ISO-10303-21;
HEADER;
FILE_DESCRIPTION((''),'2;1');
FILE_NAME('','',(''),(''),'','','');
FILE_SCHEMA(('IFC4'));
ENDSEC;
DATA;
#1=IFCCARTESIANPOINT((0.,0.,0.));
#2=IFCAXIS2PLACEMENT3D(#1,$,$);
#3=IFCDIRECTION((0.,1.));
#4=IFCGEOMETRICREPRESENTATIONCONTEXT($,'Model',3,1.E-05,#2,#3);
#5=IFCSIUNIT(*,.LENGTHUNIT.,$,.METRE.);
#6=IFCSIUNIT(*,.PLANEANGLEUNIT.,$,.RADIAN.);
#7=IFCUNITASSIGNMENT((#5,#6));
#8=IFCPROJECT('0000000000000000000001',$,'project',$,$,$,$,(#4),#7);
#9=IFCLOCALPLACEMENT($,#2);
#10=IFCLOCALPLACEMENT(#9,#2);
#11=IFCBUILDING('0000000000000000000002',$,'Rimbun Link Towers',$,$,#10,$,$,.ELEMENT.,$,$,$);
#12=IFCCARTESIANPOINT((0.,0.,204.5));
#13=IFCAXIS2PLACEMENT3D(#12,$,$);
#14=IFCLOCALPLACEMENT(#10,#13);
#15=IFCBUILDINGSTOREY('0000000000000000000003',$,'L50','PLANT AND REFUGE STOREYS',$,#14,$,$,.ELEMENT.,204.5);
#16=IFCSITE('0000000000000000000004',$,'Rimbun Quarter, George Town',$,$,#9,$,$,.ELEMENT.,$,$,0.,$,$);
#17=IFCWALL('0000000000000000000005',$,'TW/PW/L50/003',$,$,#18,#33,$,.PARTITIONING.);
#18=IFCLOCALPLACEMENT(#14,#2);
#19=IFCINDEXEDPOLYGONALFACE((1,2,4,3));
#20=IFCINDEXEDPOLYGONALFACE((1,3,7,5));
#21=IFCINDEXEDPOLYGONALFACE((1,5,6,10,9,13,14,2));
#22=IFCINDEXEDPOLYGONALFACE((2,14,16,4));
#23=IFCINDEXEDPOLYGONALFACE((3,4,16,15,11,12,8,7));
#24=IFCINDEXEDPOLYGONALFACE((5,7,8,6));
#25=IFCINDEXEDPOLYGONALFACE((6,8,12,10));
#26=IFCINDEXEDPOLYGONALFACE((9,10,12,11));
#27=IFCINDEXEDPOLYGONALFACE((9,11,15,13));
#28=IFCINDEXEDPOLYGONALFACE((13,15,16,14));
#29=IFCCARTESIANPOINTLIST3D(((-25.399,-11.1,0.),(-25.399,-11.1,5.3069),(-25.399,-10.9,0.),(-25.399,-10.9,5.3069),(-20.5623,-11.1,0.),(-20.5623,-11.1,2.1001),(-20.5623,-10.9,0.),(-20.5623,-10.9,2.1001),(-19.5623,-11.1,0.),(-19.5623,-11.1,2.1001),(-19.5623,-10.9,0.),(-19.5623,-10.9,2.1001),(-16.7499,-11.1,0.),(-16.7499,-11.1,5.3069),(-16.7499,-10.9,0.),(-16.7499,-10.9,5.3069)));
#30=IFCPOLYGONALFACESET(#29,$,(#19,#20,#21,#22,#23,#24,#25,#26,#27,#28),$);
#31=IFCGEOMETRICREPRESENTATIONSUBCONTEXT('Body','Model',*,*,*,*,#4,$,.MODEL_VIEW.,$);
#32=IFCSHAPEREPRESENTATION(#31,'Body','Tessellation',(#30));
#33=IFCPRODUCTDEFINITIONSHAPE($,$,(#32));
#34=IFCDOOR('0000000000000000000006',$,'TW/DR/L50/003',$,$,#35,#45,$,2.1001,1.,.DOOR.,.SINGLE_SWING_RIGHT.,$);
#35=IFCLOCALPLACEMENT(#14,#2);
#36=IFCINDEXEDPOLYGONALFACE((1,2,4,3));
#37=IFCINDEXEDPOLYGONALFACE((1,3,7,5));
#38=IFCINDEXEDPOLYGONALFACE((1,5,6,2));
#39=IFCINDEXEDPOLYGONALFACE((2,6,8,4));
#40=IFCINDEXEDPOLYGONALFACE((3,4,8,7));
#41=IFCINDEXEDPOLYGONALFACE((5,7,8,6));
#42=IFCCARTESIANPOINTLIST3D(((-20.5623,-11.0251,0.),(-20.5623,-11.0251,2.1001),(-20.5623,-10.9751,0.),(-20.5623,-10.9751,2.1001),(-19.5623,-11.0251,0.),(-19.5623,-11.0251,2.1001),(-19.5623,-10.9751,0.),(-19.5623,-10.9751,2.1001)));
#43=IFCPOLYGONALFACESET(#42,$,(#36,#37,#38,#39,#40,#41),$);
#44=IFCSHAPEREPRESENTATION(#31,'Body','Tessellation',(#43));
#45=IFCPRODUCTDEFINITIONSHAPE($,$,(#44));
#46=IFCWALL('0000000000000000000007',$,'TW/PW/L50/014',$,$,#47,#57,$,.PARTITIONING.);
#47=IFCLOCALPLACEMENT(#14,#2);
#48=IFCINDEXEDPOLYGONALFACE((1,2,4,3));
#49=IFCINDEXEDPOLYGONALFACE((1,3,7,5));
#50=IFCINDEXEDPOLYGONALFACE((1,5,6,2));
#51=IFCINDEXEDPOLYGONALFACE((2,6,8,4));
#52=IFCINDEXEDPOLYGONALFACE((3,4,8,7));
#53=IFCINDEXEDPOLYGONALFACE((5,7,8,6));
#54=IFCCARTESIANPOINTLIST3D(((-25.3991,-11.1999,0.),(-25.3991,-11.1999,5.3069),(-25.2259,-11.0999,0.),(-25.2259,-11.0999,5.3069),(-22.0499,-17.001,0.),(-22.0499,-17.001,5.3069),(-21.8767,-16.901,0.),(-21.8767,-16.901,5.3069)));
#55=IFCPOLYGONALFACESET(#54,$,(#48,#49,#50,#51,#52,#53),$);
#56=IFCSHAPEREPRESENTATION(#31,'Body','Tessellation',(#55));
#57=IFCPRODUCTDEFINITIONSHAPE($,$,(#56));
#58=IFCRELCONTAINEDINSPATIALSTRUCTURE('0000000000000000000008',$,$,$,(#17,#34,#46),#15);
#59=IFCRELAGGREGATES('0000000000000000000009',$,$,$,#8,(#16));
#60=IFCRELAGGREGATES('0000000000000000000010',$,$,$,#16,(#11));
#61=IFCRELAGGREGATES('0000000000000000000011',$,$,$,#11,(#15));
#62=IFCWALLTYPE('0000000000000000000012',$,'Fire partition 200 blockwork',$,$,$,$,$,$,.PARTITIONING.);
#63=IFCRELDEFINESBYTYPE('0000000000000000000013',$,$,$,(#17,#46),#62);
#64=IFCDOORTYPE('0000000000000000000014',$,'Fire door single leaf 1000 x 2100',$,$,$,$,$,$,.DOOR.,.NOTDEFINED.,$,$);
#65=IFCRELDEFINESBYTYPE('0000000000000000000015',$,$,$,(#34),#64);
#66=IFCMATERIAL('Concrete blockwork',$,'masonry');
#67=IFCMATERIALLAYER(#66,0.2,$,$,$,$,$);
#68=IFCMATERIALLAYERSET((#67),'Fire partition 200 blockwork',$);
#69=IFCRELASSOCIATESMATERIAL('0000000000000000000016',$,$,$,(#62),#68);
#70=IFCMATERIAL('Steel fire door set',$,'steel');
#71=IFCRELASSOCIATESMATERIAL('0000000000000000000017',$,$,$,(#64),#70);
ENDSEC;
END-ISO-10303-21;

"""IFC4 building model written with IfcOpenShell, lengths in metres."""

from ifc_helpers import new_model, si_unit, direction, frame, frame_2d, origin, place, context, subcontext, project, spatial, rectangle, extrude, material, layer, layer_set, type_object, element, fill, save


model = new_model("IFC4")

# Units and contexts
model_context = context("Model", 3, precision=1e-05, world=origin(), true_north=direction((0.0, 1.0)))
body_context = subcontext(model_context, "Body", "Model", "MODEL_VIEW")
ifc_project = project(units=[si_unit("LENGTHUNIT", "METRE"), si_unit("PLANEANGLEUNIT", "RADIAN")], contexts=[model_context])

# Site, building, storey
site_placement = place(None, origin())
site = spatial("IfcSite", under=ifc_project, at=site_placement, Name="Rimbun Quarter, George Town", CompositionType="ELEMENT", RefElevation=0.0)
building_placement = place(site_placement, origin())
building = spatial("IfcBuilding", under=site, at=building_placement, Name="Rimbun Link Towers", CompositionType="ELEMENT")
storey_placement = place(building_placement, frame((0.0, 0.0, 204.5)))
storey = spatial("IfcBuildingStorey", under=building, at=storey_placement, Name="L50", Description="PLANT AND REFUGE STOREYS", CompositionType="ELEMENT", Elevation=204.5)

# Wall, opening, door
ifc_material_1 = material(Name="Concrete blockwork", Category="masonry")
ifc_layer = layer(ifc_material_1, 0.2)
ifc_layer_set = layer_set([ifc_layer], Name="Fire partition 200 blockwork")
wall_type = type_object("IfcWallType", Name="Fire partition 200 blockwork", PredefinedType="PARTITIONING", material=ifc_layer_set)
wall_1_placement = place(storey_placement, frame((-25.3992, -11.0, 0.0), z_axis=(0.0, 0.0, 1.0), x_axis=(1.0, 0.0, 0.0)))
wall_1 = element("IfcWall", 1, at=wall_1_placement, inside=storey, type_object=wall_type, Name="TW/PW/L50/003", PredefinedType="PARTITIONING", context=body_context, shape_type="SweptSolid", body=[
    extrude(rectangle(XDim=8.6492, YDim=0.2, at=frame_2d((4.3247, 0.0))), origin(), (0.0, 0.0, 1.0), 5.3069),
])
opening_placement = place(wall_1_placement, frame((4.8369, 0.0, 0.0)))
opening = element("IfcOpeningElement", 2, at=opening_placement, cuts=wall_1, PredefinedType="OPENING", context=body_context, shape_type="SweptSolid", body=[
    extrude(rectangle(XDim=1.0, YDim=2.1001, at=frame_2d((0.5, 1.05))), frame((0.0, 0.1099, 0.0), z_axis=(0.0, -1.0, 0.0), x_axis=(1.0, 0.0, 0.0)), (0.0, 0.0, 1.0), 0.22),
])
ifc_material_2 = material(Name="Steel fire door set", Category="steel")
door_type = type_object("IfcDoorType", Name="Fire door single leaf 1000 x 2100", OperationType="NOTDEFINED", PredefinedType="DOOR", material=ifc_material_2)
door_placement = place(opening_placement, origin())
door = element("IfcDoor", 3, at=door_placement, inside=storey, type_object=door_type, Name="TW/DR/L50/003", OperationType="SINGLE_SWING_RIGHT", OverallHeight=2.1001, OverallWidth=1.0, PredefinedType="DOOR", context=body_context, shape_type="SweptSolid", body=[
    extrude(rectangle(XDim=1.0, YDim=2.1001, at=frame_2d((0.5, 1.05))), frame((0.0, 0.0249, 0.0), z_axis=(0.0, -1.0, 0.0), x_axis=(1.0, 0.0, 0.0)), (0.0, 0.0, 1.0), 0.05),
])
fill(opening, door)

# Wall
wall_2_placement = place(storey_placement, frame((-21.9634, -16.9509, 0.0), z_axis=(0.0, 0.0, 1.0), x_axis=(-0.499989, 0.866032, 0.0)))
element("IfcWall", 4, at=wall_2_placement, inside=storey, type_object=wall_type, Name="TW/PW/L50/014", PredefinedType="PARTITIONING", context=body_context, shape_type="SweptSolid", body=[
    extrude(rectangle(XDim=6.6985, YDim=0.2, at=frame_2d((3.3491, 0.0))), origin(), (0.0, 0.0, 1.0), 5.3069),
])

save(model, "model.ifc")
